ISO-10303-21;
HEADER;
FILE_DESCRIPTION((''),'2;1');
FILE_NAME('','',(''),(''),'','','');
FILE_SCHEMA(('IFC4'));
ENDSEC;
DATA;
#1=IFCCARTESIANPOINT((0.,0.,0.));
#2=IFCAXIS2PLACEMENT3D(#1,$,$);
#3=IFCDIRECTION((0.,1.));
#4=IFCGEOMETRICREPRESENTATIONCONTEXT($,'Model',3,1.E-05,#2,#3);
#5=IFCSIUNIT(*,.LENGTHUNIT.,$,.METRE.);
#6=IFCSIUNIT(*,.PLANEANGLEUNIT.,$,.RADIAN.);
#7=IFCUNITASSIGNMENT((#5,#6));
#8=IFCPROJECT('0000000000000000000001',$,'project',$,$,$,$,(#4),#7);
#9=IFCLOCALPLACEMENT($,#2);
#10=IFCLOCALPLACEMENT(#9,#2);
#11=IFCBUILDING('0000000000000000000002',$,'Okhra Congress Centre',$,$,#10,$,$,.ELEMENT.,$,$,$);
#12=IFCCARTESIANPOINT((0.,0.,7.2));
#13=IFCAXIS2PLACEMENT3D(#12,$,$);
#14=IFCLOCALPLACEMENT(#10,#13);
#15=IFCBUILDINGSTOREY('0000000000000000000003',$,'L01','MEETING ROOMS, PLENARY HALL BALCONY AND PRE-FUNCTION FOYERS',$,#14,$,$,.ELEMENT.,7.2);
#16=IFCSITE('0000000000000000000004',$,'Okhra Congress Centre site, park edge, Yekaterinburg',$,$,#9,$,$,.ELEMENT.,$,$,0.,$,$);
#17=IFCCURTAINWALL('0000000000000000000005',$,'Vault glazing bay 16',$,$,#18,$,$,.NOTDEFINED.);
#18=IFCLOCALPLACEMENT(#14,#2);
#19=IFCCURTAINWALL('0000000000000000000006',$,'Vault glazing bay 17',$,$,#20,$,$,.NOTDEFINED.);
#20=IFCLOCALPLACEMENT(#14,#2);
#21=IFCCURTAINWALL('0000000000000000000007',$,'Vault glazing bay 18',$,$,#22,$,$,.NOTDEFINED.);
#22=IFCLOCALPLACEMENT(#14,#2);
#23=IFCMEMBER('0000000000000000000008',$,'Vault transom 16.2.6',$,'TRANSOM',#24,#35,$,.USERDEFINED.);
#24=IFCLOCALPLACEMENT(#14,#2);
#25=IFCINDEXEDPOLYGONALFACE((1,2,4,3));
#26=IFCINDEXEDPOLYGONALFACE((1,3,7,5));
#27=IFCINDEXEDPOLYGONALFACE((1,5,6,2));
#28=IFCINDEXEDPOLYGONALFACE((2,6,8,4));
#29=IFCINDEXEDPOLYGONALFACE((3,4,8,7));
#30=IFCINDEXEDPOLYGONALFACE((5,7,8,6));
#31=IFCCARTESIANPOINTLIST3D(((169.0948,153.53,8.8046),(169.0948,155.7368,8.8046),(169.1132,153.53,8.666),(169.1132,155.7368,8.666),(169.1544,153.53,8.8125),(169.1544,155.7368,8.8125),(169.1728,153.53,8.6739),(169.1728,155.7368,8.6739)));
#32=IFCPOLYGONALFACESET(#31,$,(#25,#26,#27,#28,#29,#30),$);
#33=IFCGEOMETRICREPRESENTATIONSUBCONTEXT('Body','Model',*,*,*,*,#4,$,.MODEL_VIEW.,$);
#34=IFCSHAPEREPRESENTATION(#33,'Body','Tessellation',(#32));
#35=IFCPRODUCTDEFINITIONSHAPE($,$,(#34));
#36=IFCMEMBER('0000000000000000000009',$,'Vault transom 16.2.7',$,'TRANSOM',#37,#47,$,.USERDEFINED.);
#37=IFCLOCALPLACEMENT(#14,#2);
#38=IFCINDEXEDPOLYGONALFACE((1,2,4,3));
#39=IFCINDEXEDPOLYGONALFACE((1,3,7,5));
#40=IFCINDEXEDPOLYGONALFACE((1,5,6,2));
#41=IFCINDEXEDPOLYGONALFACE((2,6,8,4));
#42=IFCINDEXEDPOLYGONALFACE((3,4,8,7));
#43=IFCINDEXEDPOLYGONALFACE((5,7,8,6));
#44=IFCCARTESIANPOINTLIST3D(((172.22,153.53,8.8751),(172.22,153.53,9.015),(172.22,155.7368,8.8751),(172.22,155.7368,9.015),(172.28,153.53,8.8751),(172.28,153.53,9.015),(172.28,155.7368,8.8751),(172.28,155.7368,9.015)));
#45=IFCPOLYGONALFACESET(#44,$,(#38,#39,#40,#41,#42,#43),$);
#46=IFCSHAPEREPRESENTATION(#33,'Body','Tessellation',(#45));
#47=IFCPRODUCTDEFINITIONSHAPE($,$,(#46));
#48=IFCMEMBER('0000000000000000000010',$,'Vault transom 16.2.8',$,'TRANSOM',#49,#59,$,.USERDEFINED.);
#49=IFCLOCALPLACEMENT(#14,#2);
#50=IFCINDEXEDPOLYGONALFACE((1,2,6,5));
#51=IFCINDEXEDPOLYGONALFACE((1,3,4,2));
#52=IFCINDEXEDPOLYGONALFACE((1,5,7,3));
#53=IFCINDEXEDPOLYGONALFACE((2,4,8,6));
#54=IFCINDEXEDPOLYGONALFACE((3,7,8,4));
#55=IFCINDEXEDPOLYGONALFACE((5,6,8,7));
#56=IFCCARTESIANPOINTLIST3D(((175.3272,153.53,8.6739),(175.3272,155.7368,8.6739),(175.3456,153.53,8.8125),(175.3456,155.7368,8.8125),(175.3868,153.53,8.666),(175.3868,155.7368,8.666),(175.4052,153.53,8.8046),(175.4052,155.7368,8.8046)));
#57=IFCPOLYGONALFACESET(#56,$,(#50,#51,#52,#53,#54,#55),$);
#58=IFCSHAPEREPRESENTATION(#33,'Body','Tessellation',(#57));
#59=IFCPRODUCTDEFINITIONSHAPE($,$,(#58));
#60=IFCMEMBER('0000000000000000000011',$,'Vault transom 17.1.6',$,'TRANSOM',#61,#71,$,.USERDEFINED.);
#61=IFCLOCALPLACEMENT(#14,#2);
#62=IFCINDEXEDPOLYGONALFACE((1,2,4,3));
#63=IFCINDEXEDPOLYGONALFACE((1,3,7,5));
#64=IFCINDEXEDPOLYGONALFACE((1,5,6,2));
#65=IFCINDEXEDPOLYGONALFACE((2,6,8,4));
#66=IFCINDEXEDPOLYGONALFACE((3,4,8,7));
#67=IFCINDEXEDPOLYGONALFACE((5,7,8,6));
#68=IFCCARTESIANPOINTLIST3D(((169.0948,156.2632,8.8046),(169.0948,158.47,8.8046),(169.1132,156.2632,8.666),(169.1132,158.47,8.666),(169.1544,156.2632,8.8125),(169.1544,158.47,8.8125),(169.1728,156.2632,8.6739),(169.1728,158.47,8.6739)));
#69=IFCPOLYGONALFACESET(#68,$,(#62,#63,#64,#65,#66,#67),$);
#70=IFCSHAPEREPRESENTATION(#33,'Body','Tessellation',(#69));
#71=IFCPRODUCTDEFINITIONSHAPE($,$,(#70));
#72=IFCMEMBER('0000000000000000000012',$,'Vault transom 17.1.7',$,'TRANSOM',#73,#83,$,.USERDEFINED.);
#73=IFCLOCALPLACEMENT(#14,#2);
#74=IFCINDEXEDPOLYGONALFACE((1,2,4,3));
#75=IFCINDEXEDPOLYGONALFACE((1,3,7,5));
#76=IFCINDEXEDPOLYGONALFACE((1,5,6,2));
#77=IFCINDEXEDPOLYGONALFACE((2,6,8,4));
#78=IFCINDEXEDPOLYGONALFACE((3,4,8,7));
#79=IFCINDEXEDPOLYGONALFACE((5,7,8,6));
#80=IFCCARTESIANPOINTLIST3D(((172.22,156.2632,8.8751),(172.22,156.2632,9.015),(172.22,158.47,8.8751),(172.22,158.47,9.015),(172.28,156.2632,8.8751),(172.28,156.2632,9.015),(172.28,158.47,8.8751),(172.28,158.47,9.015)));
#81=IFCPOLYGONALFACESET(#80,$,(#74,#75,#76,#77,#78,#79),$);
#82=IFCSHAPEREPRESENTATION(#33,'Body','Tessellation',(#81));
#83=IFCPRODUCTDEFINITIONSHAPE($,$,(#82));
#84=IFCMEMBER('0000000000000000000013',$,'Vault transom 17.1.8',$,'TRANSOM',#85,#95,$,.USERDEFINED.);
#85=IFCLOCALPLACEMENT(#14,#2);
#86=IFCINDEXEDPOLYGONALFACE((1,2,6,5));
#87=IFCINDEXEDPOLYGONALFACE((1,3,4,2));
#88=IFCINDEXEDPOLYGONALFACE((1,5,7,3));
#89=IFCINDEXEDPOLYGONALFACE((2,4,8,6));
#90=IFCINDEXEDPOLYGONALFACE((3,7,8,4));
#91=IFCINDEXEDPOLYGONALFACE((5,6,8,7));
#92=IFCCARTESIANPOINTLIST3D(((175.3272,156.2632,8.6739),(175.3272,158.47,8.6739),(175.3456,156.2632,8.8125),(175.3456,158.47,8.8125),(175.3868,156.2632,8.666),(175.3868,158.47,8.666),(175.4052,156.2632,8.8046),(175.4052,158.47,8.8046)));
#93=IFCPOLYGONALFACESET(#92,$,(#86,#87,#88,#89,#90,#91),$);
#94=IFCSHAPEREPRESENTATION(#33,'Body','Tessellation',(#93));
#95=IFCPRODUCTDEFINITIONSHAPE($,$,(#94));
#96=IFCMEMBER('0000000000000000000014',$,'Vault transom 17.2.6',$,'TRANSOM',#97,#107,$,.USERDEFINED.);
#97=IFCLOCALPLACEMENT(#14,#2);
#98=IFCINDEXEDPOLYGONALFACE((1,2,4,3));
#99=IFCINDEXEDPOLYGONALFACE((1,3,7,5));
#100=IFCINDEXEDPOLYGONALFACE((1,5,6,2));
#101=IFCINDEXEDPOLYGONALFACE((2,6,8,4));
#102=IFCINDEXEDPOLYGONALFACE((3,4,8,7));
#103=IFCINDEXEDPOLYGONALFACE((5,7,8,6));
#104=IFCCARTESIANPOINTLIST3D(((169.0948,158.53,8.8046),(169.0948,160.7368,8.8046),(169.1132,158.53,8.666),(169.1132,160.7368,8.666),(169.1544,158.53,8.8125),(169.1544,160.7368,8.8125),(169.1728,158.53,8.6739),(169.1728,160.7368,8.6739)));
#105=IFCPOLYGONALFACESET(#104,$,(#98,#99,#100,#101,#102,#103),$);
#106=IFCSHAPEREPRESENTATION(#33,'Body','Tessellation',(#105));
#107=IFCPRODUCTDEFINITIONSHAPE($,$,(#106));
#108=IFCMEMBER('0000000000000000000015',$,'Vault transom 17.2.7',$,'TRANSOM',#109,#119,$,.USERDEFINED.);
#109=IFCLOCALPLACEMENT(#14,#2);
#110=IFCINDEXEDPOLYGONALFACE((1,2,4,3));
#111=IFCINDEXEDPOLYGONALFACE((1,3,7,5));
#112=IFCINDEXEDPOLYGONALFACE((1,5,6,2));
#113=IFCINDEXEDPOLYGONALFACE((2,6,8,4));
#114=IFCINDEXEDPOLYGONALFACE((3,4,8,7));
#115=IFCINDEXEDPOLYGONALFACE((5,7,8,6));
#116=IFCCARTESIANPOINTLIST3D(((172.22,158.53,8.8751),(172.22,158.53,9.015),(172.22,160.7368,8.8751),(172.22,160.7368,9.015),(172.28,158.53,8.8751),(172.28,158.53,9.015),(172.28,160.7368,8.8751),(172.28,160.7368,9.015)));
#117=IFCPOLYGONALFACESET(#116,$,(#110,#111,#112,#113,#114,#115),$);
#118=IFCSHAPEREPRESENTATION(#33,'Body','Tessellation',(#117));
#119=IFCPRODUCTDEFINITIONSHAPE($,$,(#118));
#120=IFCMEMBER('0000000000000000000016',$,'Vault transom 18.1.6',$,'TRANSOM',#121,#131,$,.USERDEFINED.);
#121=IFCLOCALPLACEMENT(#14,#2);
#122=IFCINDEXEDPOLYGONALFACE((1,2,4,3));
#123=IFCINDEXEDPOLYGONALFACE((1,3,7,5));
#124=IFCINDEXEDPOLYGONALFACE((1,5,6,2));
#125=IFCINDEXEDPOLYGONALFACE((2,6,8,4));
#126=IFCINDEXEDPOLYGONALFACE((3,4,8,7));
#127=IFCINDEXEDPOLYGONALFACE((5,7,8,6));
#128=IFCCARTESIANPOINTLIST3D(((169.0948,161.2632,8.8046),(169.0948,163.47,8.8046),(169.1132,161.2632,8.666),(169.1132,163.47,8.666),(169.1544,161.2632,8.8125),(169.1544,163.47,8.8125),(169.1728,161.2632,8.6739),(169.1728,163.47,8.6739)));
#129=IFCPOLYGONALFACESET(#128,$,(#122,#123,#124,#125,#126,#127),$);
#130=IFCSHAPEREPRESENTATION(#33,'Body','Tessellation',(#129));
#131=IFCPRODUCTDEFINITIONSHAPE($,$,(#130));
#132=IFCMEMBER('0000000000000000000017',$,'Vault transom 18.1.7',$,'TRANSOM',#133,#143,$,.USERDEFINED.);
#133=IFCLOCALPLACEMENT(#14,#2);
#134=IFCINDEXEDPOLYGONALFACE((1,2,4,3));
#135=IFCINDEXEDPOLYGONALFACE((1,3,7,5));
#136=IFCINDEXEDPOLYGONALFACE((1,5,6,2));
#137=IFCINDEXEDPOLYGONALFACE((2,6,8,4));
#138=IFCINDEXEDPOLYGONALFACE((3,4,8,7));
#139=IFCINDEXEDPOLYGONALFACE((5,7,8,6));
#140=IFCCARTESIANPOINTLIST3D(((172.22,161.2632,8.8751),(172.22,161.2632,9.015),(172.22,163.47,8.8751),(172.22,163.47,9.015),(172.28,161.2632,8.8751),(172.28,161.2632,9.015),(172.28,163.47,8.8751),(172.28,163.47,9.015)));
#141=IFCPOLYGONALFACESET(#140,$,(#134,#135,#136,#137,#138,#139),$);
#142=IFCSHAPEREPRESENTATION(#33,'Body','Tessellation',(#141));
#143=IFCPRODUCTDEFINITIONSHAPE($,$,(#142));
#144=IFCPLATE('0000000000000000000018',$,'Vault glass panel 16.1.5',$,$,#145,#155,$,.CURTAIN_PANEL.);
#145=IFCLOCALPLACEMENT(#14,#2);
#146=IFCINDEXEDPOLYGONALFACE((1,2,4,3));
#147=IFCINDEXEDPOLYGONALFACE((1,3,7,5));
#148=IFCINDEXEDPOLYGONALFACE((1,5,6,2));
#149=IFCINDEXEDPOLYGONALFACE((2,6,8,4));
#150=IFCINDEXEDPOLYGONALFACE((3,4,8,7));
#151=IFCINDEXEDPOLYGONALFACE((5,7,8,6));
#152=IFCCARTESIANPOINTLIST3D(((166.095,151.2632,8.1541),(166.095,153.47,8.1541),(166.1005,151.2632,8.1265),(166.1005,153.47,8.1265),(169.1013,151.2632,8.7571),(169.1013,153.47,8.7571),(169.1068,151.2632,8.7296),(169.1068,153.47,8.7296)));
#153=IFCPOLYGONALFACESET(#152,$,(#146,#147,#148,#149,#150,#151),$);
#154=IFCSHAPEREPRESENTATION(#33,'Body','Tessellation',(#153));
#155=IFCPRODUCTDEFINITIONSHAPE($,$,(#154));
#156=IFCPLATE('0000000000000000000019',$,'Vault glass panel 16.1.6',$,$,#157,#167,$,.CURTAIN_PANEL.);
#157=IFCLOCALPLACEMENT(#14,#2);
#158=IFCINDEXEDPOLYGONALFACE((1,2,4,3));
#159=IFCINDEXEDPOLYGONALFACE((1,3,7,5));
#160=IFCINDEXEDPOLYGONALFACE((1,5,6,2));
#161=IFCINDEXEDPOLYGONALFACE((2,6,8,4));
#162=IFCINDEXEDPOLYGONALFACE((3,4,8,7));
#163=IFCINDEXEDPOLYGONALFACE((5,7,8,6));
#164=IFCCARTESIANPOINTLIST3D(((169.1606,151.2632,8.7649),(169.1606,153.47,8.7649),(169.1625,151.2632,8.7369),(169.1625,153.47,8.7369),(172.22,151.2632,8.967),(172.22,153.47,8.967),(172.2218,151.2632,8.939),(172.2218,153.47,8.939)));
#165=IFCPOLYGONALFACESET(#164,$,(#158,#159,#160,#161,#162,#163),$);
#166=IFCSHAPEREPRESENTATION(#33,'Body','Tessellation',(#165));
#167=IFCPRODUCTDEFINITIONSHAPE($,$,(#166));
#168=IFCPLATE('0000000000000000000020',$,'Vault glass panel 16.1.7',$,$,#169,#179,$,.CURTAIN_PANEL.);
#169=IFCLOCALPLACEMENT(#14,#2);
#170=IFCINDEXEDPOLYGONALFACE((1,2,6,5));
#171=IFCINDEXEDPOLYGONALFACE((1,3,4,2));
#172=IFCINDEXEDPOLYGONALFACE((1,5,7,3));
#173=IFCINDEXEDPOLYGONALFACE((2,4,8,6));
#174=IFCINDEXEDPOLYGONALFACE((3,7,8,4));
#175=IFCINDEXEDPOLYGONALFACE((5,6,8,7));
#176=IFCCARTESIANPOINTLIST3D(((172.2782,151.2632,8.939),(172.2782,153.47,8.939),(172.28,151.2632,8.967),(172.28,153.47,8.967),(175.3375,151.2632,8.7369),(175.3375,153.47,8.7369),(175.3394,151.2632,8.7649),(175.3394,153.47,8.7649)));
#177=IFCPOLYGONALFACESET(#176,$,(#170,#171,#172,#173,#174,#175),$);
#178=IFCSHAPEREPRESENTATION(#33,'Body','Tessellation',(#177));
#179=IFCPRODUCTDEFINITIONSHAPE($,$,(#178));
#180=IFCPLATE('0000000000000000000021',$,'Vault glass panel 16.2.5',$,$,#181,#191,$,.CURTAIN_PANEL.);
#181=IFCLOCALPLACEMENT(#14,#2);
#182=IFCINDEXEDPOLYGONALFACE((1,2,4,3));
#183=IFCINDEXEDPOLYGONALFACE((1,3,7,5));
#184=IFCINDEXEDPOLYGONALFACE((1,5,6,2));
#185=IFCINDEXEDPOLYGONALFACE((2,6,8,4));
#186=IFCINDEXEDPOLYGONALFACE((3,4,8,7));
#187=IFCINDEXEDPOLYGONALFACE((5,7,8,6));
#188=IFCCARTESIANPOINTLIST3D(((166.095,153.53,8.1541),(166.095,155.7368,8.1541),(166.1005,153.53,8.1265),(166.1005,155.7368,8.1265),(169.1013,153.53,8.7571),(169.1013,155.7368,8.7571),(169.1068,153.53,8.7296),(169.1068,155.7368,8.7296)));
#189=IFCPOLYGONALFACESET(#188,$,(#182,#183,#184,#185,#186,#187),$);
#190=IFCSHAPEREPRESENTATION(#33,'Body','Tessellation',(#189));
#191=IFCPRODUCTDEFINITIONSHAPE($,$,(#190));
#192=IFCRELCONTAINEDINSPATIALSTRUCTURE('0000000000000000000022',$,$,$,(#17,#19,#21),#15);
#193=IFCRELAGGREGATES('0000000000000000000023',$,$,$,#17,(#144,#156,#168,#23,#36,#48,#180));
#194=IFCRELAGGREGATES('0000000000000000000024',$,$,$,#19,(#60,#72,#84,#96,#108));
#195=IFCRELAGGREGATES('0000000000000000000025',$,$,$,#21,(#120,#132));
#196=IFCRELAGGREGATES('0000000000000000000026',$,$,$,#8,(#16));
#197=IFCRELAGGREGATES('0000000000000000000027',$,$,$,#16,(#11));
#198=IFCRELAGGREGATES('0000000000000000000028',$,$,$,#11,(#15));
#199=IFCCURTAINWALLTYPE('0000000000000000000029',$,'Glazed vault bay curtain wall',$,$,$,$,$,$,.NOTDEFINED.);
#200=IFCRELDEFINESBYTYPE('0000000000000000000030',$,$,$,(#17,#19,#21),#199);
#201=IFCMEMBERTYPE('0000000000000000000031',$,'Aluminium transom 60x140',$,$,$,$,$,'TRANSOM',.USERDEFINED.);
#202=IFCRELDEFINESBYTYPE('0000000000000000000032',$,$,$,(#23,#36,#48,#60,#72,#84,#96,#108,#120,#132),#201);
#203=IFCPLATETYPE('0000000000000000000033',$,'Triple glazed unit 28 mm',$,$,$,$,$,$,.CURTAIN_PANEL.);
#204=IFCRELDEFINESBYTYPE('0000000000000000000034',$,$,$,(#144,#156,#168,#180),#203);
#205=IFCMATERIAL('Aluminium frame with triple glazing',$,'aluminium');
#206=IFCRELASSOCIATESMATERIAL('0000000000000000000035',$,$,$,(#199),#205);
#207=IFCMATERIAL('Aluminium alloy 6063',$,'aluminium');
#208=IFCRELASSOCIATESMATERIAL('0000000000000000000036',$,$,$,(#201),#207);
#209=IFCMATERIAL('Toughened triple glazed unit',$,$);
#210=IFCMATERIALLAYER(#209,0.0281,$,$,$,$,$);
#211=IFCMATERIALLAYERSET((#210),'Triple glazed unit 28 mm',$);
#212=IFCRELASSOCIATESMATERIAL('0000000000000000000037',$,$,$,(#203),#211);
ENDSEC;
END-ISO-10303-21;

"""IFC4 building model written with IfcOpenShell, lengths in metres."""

from ifc_helpers import new_model, si_unit, direction, frame, origin, origin_2d, place, context, subcontext, project, spatial, polyline, rectangle, outline, extrude, material, layer, layer_set, material_profile, profile_set, type_object, element, aggregate, save


model = new_model("IFC4")

# Units and contexts
model_context = context("Model", 3, precision=1e-05, world=origin(), true_north=direction((0.0, 1.0)))
body_context = subcontext(model_context, "Body", "Model", "MODEL_VIEW")
ifc_project = project(units=[si_unit("LENGTHUNIT", "METRE"), si_unit("PLANEANGLEUNIT", "RADIAN")], contexts=[model_context])

# Site, building, storey
site_placement = place(None, origin())
site = spatial("IfcSite", under=ifc_project, at=site_placement, Name="Okhra Congress Centre site, park edge, Yekaterinburg", CompositionType="ELEMENT", RefElevation=0.0)
building_placement = place(site_placement, origin())
building = spatial("IfcBuilding", under=site, at=building_placement, Name="Okhra Congress Centre", CompositionType="ELEMENT")
storey_placement = place(building_placement, frame((0.0, 0.0, 7.2)))
storey = spatial("IfcBuildingStorey", under=building, at=storey_placement, Name="L01", Description="MEETING ROOMS, PLENARY HALL BALCONY AND PRE-FUNCTION FOYERS", CompositionType="ELEMENT", Elevation=7.2)

# Curtain walls
ifc_material_1 = material(Name="Aluminium frame with triple glazing", Category="aluminium")
curtain_wall_type = type_object("IfcCurtainWallType", Name="Glazed vault bay curtain wall", PredefinedType="NOTDEFINED", material=ifc_material_1)
curtain_wall_1_placement = place(storey_placement, origin())
curtain_wall_1 = element("IfcCurtainWall", 1, at=curtain_wall_1_placement, inside=storey, type_object=curtain_wall_type, Name="Vault glazing bay 16", PredefinedType="NOTDEFINED")
ifc_material_2 = material(Name="Aluminium alloy 6063", Category="aluminium")
curtain_wall_2_placement = place(storey_placement, origin())
curtain_wall_2 = element("IfcCurtainWall", 2, at=curtain_wall_2_placement, inside=storey, type_object=curtain_wall_type, Name="Vault glazing bay 17", PredefinedType="NOTDEFINED")
curtain_wall_3_placement = place(storey_placement, origin())
curtain_wall_3 = element("IfcCurtainWall", 3, at=curtain_wall_3_placement, inside=storey, type_object=curtain_wall_type, Name="Vault glazing bay 18", PredefinedType="NOTDEFINED")

# Members
ifc_material_profile_1 = material_profile(ifc_material_2, rectangle(XDim=0.0601, YDim=0.1399, at=origin_2d()), Name="AL 60x140 transom")
ifc_profile_set_1 = profile_set([ifc_material_profile_1], Name="Aluminium alloy 6063")
member_type_1 = type_object("IfcMemberType", Name="Aluminium transom 60x140", ElementType="TRANSOM", PredefinedType="USERDEFINED", material=ifc_profile_set_1)
member_1_placement = place(storey_placement, frame((169.1338, 153.53, 8.7393), z_axis=(0.0, 1.0, 0.0), x_axis=(-0.991307, 0.0, -0.131568)))
member_1 = element("IfcMember", 4, at=member_1_placement, type_object=member_type_1, Name="Vault transom 16.2.6", ObjectType="TRANSOM", PredefinedType="USERDEFINED", context=body_context, shape_type="SweptSolid", body=[
    extrude(rectangle(XDim=0.0601, YDim=0.1399, at=origin_2d()), origin(), (0.0, 0.0, 1.0), 2.2068),
])
member_2_placement = place(storey_placement, frame((172.25, 153.53, 8.9451), z_axis=(0.0, 1.0, 0.0), x_axis=(-1.0, 0.0, 0.0)))
member_2 = element("IfcMember", 5, at=member_2_placement, type_object=member_type_1, Name="Vault transom 16.2.7", ObjectType="TRANSOM", PredefinedType="USERDEFINED", context=body_context, shape_type="SweptSolid", body=[
    extrude(rectangle(XDim=0.0601, YDim=0.1399, at=origin_2d()), origin(), (0.0, 0.0, 1.0), 2.2068),
])
member_3_placement = place(storey_placement, frame((175.3662, 153.53, 8.7393), z_axis=(0.0, 1.0, 0.0), x_axis=(-0.991307, 0.0, 0.131568)))
member_3 = element("IfcMember", 6, at=member_3_placement, type_object=member_type_1, Name="Vault transom 16.2.8", ObjectType="TRANSOM", PredefinedType="USERDEFINED", context=body_context, shape_type="SweptSolid", body=[
    extrude(rectangle(XDim=0.0601, YDim=0.1399, at=origin_2d()), origin(), (0.0, 0.0, 1.0), 2.2068),
])
member_4_placement = place(storey_placement, frame((169.1338, 156.2632, 8.7393), z_axis=(0.0, 1.0, 0.0), x_axis=(-0.991307, 0.0, -0.131568)))
member_4 = element("IfcMember", 7, at=member_4_placement, type_object=member_type_1, Name="Vault transom 17.1.6", ObjectType="TRANSOM", PredefinedType="USERDEFINED", context=body_context, shape_type="SweptSolid", body=[
    extrude(rectangle(XDim=0.0601, YDim=0.1399, at=origin_2d()), origin(), (0.0, 0.0, 1.0), 2.2068),
])
member_5_placement = place(storey_placement, frame((172.25, 156.2632, 8.9451), z_axis=(0.0, 1.0, 0.0), x_axis=(-1.0, 0.0, 0.0)))
member_5 = element("IfcMember", 8, at=member_5_placement, type_object=member_type_1, Name="Vault transom 17.1.7", ObjectType="TRANSOM", PredefinedType="USERDEFINED", context=body_context, shape_type="SweptSolid", body=[
    extrude(rectangle(XDim=0.0601, YDim=0.1399, at=origin_2d()), origin(), (0.0, 0.0, 1.0), 2.2068),
])
member_6_placement = place(storey_placement, frame((175.3662, 156.2632, 8.7393), z_axis=(0.0, 1.0, 0.0), x_axis=(-0.991307, 0.0, 0.131568)))
member_6 = element("IfcMember", 9, at=member_6_placement, type_object=member_type_1, Name="Vault transom 17.1.8", ObjectType="TRANSOM", PredefinedType="USERDEFINED", context=body_context, shape_type="SweptSolid", body=[
    extrude(rectangle(XDim=0.0601, YDim=0.1399, at=origin_2d()), origin(), (0.0, 0.0, 1.0), 2.2068),
])
member_7_placement = place(storey_placement, frame((169.1338, 158.53, 8.7393), z_axis=(0.0, 1.0, 0.0), x_axis=(-0.991307, 0.0, -0.131568)))
member_7 = element("IfcMember", 10, at=member_7_placement, type_object=member_type_1, Name="Vault transom 17.2.6", ObjectType="TRANSOM", PredefinedType="USERDEFINED", context=body_context, shape_type="SweptSolid", body=[
    extrude(rectangle(XDim=0.0601, YDim=0.1399, at=origin_2d()), origin(), (0.0, 0.0, 1.0), 2.2068),
])
member_8_placement = place(storey_placement, frame((172.25, 158.53, 8.9451), z_axis=(0.0, 1.0, 0.0), x_axis=(-1.0, 0.0, 0.0)))
member_8 = element("IfcMember", 11, at=member_8_placement, type_object=member_type_1, Name="Vault transom 17.2.7", ObjectType="TRANSOM", PredefinedType="USERDEFINED", context=body_context, shape_type="SweptSolid", body=[
    extrude(rectangle(XDim=0.0601, YDim=0.1399, at=origin_2d()), origin(), (0.0, 0.0, 1.0), 2.2068),
])
member_9_placement = place(storey_placement, frame((169.1338, 161.2632, 8.7393), z_axis=(0.0, 1.0, 0.0), x_axis=(-0.991307, 0.0, -0.131568)))
member_9 = element("IfcMember", 12, at=member_9_placement, type_object=member_type_1, Name="Vault transom 18.1.6", ObjectType="TRANSOM", PredefinedType="USERDEFINED", context=body_context, shape_type="SweptSolid", body=[
    extrude(rectangle(XDim=0.0601, YDim=0.1399, at=origin_2d()), origin(), (0.0, 0.0, 1.0), 2.2068),
])
member_10_placement = place(storey_placement, frame((172.25, 161.2632, 8.9451), z_axis=(0.0, 1.0, 0.0), x_axis=(-1.0, 0.0, 0.0)))
member_10 = element("IfcMember", 13, at=member_10_placement, type_object=member_type_1, Name="Vault transom 18.1.7", ObjectType="TRANSOM", PredefinedType="USERDEFINED", context=body_context, shape_type="SweptSolid", body=[
    extrude(rectangle(XDim=0.0601, YDim=0.1399, at=origin_2d()), origin(), (0.0, 0.0, 1.0), 2.2068),
])

# Plates
ifc_material_3 = material(Name="Toughened triple glazed unit")
ifc_layer = layer(ifc_material_3, 0.0281)
ifc_layer_set = layer_set([ifc_layer], Name="Triple glazed unit 28 mm")
plate_type = type_object("IfcPlateType", Name="Triple glazed unit 28 mm", PredefinedType="CURTAIN_PANEL", material=ifc_layer_set)
plate_1_placement = place(storey_placement, frame((166.095, 151.2632, 8.1541), z_axis=(-0.196667, 0.0, 0.98047), x_axis=(0.98047, 0.0, 0.196667)))
plate_1 = element("IfcPlate", 14, at=plate_1_placement, type_object=plate_type, Name="Vault glass panel 16.1.5", PredefinedType="CURTAIN_PANEL", context=body_context, shape_type="SweptSolid", body=[
    extrude(outline(polyline([(0.0, 0.0), (3.0662, 0.0), (3.0662, 2.2068), (0.0, 2.2068), (0.0, 0.0)])), origin(), (0.0, 0.0, -1.0), 0.0281),
])
plate_2_placement = place(storey_placement, frame((169.1606, 151.2632, 8.7649), z_axis=(-0.065932, 0.0, 0.997824), x_axis=(0.997824, 0.0, 0.065932)))
plate_2 = element("IfcPlate", 15, at=plate_2_placement, type_object=plate_type, Name="Vault glass panel 16.1.6", PredefinedType="CURTAIN_PANEL", context=body_context, shape_type="SweptSolid", body=[
    extrude(outline(polyline([(0.0, 0.0), (3.066, 0.0), (3.066, 2.2068), (0.0, 2.2068), (0.0, 0.0)])), origin(), (0.0, 0.0, -1.0), 0.0281),
])
plate_3_placement = place(storey_placement, frame((172.28, 151.2632, 8.967), z_axis=(0.065932, 0.0, 0.997824), x_axis=(0.997824, 0.0, -0.065932)))
plate_3 = element("IfcPlate", 16, at=plate_3_placement, type_object=plate_type, Name="Vault glass panel 16.1.7", PredefinedType="CURTAIN_PANEL", context=body_context, shape_type="SweptSolid", body=[
    extrude(outline(polyline([(0.0, 0.0), (3.066, 0.0), (3.066, 2.2068), (0.0, 2.2068), (0.0, 0.0)])), origin(), (0.0, 0.0, -1.0), 0.0281),
])
plate_4_placement = place(storey_placement, frame((166.095, 153.53, 8.1541), z_axis=(-0.196667, 0.0, 0.98047), x_axis=(0.98047, 0.0, 0.196667)))
plate_4 = element("IfcPlate", 17, at=plate_4_placement, type_object=plate_type, Name="Vault glass panel 16.2.5", PredefinedType="CURTAIN_PANEL", context=body_context, shape_type="SweptSolid", body=[
    extrude(outline(polyline([(0.0, 0.0), (3.0662, 0.0), (3.0662, 2.2068), (0.0, 2.2068), (0.0, 0.0)])), origin(), (0.0, 0.0, -1.0), 0.0281),
])
aggregate(curtain_wall_1, [plate_1, plate_2, plate_3, member_1, member_2, member_3, plate_4])
aggregate(curtain_wall_2, [member_4, member_5, member_6, member_7, member_8])
aggregate(curtain_wall_3, [member_9, member_10])

save(model, "model.ifc")
